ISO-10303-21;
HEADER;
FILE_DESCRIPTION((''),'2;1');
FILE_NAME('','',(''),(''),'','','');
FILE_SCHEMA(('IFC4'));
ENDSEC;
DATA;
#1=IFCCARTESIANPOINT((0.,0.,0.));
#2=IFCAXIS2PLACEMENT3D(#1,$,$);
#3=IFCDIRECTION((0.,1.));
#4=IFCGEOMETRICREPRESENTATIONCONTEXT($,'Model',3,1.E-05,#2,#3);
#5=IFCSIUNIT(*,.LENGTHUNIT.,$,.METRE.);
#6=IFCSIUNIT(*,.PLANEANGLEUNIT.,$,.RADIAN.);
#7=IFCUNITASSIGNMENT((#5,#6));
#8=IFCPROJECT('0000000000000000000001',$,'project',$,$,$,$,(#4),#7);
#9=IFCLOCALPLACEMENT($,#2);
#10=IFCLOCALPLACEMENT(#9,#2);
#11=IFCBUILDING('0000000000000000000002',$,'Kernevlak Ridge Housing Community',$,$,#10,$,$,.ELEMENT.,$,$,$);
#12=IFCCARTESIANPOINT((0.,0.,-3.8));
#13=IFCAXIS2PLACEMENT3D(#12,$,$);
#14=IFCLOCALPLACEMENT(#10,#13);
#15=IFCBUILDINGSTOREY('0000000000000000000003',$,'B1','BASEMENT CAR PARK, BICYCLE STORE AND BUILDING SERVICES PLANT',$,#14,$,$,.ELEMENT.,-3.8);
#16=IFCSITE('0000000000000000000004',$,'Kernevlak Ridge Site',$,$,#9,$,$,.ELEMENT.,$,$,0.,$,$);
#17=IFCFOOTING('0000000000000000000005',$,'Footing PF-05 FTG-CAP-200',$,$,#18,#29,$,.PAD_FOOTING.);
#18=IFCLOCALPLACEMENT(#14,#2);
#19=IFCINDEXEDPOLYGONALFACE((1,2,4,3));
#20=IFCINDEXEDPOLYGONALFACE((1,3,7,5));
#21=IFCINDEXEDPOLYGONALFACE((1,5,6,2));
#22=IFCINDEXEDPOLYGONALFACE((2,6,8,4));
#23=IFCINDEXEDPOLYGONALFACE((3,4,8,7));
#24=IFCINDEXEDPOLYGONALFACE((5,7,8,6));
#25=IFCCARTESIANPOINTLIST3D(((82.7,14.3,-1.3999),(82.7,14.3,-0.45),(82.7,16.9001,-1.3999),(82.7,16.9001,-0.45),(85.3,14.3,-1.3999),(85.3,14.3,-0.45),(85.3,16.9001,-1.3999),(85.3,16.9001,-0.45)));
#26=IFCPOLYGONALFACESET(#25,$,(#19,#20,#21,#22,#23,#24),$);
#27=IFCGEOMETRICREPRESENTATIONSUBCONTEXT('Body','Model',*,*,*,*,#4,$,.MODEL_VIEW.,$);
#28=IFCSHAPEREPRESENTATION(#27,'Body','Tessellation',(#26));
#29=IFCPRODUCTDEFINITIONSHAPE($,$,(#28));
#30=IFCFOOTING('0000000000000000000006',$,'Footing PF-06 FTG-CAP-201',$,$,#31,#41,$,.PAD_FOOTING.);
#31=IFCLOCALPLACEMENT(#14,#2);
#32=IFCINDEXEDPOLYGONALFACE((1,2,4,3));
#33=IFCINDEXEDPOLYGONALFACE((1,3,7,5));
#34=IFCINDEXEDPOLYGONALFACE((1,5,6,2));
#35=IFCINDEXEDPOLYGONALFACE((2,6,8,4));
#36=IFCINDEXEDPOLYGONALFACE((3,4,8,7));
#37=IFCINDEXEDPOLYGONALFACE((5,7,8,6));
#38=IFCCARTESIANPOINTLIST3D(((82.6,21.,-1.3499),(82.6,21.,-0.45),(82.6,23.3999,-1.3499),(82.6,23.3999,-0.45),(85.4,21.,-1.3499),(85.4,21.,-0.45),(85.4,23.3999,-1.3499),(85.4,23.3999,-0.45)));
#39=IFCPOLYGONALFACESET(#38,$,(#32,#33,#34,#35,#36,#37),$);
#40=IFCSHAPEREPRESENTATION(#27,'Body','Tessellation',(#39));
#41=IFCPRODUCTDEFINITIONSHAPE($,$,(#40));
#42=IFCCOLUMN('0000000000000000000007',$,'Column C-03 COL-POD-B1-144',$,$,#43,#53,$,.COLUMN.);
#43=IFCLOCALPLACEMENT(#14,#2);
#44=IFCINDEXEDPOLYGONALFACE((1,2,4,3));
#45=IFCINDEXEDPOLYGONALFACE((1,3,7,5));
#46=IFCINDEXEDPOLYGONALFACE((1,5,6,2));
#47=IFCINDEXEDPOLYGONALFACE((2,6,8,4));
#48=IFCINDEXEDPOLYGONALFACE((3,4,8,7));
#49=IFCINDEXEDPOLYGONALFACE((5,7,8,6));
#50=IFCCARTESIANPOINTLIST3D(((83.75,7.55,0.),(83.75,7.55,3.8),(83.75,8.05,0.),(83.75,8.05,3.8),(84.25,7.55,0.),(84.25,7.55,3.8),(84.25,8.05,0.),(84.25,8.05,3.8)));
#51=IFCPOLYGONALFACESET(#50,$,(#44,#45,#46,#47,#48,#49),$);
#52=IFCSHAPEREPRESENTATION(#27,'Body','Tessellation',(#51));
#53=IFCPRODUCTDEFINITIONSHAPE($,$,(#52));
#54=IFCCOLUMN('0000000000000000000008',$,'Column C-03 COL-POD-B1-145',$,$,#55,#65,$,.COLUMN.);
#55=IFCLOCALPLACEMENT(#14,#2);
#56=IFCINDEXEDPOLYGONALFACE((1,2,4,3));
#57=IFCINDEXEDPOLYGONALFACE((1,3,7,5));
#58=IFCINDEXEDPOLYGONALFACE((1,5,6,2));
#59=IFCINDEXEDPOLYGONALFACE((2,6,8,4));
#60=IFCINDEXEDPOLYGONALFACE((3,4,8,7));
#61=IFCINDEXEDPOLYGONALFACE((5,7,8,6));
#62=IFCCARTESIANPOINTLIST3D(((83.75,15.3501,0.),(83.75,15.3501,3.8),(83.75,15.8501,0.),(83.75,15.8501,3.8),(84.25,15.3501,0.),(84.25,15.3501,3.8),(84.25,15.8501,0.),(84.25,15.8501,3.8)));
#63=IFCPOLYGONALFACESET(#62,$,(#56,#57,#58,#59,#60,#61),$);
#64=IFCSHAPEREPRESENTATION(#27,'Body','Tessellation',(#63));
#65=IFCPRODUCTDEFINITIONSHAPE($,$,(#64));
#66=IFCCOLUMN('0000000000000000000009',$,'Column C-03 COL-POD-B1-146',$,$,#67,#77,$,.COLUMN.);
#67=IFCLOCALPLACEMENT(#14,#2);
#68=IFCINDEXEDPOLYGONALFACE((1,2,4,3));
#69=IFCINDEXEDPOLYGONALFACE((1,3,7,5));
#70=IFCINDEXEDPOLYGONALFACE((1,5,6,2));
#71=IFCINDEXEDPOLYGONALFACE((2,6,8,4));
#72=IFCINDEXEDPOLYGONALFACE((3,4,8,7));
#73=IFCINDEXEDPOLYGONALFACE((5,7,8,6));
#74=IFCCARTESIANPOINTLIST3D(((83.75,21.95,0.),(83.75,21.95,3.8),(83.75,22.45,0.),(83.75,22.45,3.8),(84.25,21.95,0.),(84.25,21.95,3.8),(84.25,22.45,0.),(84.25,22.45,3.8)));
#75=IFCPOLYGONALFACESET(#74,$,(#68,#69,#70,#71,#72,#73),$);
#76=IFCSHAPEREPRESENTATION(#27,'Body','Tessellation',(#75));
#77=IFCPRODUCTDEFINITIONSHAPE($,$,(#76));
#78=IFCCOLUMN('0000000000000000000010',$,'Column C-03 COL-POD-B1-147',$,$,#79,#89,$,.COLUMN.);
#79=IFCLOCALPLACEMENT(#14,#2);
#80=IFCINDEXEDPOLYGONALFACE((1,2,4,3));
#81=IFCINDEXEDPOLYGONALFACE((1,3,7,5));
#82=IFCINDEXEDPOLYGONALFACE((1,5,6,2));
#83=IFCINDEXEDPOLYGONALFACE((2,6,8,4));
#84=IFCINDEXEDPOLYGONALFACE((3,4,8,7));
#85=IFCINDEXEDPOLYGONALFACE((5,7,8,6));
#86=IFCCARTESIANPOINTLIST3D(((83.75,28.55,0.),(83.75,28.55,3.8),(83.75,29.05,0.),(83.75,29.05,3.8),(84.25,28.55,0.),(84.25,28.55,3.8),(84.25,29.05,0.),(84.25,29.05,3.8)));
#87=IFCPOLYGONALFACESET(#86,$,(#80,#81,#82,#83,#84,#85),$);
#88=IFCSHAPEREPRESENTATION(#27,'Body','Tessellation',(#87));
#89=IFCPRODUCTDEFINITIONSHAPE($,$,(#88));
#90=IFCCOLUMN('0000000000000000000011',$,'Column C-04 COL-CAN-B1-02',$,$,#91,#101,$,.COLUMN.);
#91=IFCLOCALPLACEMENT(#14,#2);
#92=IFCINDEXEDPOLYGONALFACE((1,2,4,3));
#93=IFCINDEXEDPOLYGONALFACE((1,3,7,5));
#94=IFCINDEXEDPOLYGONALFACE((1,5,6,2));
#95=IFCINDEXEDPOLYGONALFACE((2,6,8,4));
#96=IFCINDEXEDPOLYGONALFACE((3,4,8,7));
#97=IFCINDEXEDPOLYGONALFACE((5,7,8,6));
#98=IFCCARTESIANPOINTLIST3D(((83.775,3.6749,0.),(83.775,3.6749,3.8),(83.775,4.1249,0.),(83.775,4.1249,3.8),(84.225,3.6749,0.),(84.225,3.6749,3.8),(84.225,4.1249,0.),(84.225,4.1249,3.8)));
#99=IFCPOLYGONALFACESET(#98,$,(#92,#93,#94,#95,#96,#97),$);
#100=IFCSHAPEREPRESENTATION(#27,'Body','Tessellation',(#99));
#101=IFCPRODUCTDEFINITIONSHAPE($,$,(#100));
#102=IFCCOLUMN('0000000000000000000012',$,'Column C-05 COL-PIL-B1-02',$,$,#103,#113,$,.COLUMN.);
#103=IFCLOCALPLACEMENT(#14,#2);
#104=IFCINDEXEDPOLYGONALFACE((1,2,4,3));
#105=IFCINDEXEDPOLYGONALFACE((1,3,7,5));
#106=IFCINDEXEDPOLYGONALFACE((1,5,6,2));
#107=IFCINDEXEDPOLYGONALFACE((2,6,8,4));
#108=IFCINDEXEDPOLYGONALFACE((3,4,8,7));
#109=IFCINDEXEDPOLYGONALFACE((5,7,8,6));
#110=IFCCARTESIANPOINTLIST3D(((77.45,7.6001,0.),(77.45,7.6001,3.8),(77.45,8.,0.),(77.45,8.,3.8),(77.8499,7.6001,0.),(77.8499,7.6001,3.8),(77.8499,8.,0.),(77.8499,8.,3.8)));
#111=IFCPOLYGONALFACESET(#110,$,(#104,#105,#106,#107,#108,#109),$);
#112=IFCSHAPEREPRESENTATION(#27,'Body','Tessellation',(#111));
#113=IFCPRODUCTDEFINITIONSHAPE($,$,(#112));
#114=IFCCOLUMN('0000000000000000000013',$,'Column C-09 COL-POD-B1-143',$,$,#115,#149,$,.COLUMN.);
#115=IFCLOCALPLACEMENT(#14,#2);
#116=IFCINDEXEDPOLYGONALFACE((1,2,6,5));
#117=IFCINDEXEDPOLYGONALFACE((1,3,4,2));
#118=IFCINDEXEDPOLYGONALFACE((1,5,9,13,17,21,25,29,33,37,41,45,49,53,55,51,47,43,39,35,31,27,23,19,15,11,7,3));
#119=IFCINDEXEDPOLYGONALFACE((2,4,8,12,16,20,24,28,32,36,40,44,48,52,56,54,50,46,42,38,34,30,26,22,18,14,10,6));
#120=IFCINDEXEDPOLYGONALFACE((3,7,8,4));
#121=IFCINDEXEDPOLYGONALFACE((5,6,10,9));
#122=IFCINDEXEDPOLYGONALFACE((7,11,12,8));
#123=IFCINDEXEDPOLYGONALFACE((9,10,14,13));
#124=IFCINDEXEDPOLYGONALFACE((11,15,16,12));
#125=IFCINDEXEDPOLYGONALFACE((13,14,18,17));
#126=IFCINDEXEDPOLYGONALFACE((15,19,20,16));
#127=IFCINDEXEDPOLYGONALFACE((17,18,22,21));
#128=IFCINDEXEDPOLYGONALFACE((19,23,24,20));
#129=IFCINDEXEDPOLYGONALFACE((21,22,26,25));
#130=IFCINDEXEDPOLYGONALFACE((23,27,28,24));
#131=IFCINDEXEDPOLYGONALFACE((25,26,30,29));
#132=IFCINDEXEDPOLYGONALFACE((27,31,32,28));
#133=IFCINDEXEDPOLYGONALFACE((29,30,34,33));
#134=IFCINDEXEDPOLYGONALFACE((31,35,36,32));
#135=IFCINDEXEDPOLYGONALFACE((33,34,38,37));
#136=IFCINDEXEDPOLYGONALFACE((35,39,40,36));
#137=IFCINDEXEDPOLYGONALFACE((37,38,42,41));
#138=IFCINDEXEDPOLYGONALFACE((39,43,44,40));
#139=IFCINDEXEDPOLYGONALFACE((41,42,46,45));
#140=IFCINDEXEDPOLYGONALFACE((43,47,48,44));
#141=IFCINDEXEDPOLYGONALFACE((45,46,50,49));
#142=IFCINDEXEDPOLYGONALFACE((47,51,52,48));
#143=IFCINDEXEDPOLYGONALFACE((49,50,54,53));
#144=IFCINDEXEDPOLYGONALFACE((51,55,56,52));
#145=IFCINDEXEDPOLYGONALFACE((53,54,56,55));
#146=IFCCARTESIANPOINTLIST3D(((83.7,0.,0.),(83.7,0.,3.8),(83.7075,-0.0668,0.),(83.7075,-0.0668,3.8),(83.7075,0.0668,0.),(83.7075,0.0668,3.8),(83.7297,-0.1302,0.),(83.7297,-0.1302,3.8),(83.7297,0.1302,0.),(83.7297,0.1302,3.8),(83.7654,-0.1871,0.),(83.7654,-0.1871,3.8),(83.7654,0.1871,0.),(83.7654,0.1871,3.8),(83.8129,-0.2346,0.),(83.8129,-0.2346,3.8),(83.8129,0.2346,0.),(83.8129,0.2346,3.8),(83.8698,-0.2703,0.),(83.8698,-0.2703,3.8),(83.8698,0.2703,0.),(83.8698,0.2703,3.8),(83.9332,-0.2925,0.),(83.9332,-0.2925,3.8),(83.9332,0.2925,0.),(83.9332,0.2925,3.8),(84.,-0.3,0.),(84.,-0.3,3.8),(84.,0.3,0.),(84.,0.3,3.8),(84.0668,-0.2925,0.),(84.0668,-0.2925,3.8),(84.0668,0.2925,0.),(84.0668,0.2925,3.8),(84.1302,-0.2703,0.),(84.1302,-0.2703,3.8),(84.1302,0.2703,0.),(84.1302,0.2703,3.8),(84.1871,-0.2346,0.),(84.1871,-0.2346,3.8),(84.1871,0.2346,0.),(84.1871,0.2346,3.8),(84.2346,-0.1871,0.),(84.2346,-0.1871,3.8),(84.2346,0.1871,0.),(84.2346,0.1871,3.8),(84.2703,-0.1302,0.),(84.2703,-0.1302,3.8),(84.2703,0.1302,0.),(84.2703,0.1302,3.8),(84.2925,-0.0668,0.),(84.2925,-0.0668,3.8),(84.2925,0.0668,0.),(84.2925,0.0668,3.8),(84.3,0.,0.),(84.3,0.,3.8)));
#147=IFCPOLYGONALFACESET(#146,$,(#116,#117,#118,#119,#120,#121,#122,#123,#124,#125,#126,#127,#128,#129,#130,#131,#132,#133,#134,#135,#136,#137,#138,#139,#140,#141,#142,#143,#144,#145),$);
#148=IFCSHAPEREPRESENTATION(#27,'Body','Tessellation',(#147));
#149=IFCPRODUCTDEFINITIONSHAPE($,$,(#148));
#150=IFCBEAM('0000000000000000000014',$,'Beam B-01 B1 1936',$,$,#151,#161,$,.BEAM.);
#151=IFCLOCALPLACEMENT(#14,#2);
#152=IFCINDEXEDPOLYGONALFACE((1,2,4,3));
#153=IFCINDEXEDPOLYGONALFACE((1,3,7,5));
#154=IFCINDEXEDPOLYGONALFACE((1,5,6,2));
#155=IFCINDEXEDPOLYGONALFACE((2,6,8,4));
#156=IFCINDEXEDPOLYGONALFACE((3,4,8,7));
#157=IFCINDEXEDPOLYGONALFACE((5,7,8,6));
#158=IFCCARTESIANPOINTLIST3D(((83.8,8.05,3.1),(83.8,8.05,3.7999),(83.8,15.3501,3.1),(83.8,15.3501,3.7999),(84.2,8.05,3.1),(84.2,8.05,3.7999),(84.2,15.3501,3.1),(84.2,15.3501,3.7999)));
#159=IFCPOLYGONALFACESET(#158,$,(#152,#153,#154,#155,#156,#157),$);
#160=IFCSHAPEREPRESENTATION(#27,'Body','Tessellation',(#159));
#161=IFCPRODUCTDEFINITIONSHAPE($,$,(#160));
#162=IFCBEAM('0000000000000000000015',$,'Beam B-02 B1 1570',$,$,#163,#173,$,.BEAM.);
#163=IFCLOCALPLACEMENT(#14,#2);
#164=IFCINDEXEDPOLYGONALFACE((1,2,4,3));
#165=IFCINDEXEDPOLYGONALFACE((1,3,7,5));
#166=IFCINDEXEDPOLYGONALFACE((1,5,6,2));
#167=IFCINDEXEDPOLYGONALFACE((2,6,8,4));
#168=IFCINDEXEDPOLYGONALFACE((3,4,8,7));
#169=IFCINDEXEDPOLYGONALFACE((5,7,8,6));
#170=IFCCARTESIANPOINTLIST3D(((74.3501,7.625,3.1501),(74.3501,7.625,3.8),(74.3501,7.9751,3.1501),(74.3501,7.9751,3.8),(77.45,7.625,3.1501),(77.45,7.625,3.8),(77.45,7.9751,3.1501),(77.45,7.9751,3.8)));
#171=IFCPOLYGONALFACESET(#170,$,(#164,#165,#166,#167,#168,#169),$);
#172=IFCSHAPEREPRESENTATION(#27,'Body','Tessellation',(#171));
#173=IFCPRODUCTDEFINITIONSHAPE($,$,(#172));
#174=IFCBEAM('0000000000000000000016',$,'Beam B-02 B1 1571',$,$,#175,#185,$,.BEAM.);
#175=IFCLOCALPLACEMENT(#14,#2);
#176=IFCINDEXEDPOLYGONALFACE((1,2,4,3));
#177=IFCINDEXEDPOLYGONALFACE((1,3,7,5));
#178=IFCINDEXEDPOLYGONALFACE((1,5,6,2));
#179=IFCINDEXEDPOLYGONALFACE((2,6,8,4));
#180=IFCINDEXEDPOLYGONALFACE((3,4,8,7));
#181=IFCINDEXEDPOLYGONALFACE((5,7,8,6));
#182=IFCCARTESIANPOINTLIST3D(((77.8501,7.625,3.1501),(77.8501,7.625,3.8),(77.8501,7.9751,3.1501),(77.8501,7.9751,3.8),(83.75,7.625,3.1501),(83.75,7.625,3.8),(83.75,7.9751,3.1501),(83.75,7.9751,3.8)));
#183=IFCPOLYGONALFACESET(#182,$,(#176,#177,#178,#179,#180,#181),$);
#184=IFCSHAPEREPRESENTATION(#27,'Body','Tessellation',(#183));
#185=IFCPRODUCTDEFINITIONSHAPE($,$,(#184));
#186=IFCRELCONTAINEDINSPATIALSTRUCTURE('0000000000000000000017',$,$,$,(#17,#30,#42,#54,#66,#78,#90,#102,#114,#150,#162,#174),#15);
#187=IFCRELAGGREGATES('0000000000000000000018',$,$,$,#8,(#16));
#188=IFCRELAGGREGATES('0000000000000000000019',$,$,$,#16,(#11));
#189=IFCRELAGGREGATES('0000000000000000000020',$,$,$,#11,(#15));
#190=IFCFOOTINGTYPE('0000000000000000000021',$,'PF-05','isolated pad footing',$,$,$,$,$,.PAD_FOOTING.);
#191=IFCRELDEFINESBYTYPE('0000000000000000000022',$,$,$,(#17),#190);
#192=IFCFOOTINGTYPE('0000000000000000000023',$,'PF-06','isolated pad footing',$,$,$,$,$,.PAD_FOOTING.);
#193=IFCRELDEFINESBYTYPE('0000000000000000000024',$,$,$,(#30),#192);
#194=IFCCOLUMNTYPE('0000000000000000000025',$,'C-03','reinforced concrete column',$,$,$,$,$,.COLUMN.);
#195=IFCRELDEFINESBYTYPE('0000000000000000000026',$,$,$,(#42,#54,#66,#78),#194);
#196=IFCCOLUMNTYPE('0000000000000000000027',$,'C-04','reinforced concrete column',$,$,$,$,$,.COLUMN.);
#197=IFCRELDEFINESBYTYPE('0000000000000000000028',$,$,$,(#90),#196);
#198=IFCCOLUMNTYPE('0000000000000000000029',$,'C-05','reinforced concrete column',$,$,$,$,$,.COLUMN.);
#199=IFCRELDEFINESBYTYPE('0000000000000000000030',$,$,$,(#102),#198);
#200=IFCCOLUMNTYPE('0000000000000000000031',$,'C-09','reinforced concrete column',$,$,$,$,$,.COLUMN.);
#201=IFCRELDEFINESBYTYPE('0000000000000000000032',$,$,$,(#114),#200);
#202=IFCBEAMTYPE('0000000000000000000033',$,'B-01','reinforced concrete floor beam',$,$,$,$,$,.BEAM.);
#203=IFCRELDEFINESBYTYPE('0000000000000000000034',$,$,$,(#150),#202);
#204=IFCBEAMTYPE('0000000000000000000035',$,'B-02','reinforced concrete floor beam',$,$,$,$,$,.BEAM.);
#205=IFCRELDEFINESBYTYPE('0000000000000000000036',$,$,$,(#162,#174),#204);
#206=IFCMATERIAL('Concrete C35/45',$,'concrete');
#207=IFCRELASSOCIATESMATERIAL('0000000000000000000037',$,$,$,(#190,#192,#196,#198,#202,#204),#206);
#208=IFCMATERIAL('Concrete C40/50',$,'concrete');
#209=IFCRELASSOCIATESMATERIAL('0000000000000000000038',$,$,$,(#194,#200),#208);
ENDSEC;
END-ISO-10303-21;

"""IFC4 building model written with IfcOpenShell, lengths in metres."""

from ifc_helpers import new_model, si_unit, direction, frame, origin, origin_2d, place, context, subcontext, project, spatial, rectangle, circle, extrude, material, material_profile, profile_set, type_object, element, save


model = new_model("IFC4")

# Units and contexts
model_context = context("Model", 3, precision=1e-05, world=origin(), true_north=direction((0.0, 1.0)))
body_context = subcontext(model_context, "Body", "Model", "MODEL_VIEW")
ifc_project = project(units=[si_unit("LENGTHUNIT", "METRE"), si_unit("PLANEANGLEUNIT", "RADIAN")], contexts=[model_context])

# Site, building, storey
site_placement = place(None, origin())
site = spatial("IfcSite", under=ifc_project, at=site_placement, Name="Kernevlak Ridge Site", CompositionType="ELEMENT", RefElevation=0.0)
building_placement = place(site_placement, origin())
building = spatial("IfcBuilding", under=site, at=building_placement, Name="Kernevlak Ridge Housing Community", CompositionType="ELEMENT")
storey_placement = place(building_placement, frame((0.0, 0.0, -3.8)))
storey = spatial("IfcBuildingStorey", under=building, at=storey_placement, Name="B1", Description="BASEMENT CAR PARK, BICYCLE STORE AND BUILDING SERVICES PLANT", CompositionType="ELEMENT", Elevation=-3.8)

# Shared definitions
ifc_material_1 = material(Name="Concrete C35/45", Category="concrete")

# Footings
footing_type_1 = type_object("IfcFootingType", Name="PF-05", Description="isolated pad footing", PredefinedType="PAD_FOOTING", material=ifc_material_1)
footing_1_placement = place(storey_placement, frame((84.0, 15.6001, -1.3999), z_axis=(0.0, 0.0, 1.0), x_axis=(1.0, 0.0, 0.0)))
element("IfcFooting", 1, at=footing_1_placement, inside=storey, type_object=footing_type_1, Name="Footing PF-05 FTG-CAP-200", PredefinedType="PAD_FOOTING", context=body_context, shape_type="SweptSolid", body=[
    extrude(rectangle(XDim=2.6001, YDim=2.6001, at=origin_2d()), origin(), (0.0, 0.0, 1.0), 0.95),
])
footing_type_2 = type_object("IfcFootingType", Name="PF-06", Description="isolated pad footing", PredefinedType="PAD_FOOTING", material=ifc_material_1)
footing_2_placement = place(storey_placement, frame((84.0, 22.2, -1.3499), z_axis=(0.0, 0.0, 1.0), x_axis=(1.0, 0.0, 0.0)))
element("IfcFooting", 2, at=footing_2_placement, inside=storey, type_object=footing_type_2, Name="Footing PF-06 FTG-CAP-201", PredefinedType="PAD_FOOTING", context=body_context, shape_type="SweptSolid", body=[
    extrude(rectangle(XDim=2.8, YDim=2.3999, at=origin_2d()), origin(), (0.0, 0.0, 1.0), 0.8999),
])

# Columns
ifc_material_2 = material(Name="Concrete C40/50", Category="concrete")
ifc_material_profile_1 = material_profile(ifc_material_2, rectangle(XDim=0.5, YDim=0.5, at=origin_2d()), Name="RC 500x500")
ifc_profile_set_1 = profile_set([ifc_material_profile_1], Name="Concrete C40/50")
column_type_1 = type_object("IfcColumnType", Name="C-03", Description="reinforced concrete column", PredefinedType="COLUMN", material=ifc_profile_set_1)
for number, where, z_axis, x_axis, name in (
    (3, (84.0, 7.8, 0.0), (0.0, 0.0, 1.0), (1.0, 0.0, 0.0), "Column C-03 COL-POD-B1-144"),
    (4, (84.0, 15.6001, 0.0), (0.0, 0.0, 1.0), (1.0, 0.0, 0.0), "Column C-03 COL-POD-B1-145"),
    (5, (84.0, 22.2, 0.0), (0.0, 0.0, 1.0), (1.0, 0.0, 0.0), "Column C-03 COL-POD-B1-146"),
    (6, (84.0, 28.8, 0.0), (0.0, 0.0, 1.0), (1.0, 0.0, 0.0), "Column C-03 COL-POD-B1-147"),
):
    element("IfcColumn", number, at=place(storey_placement, frame(where, z_axis=z_axis, x_axis=x_axis)), inside=storey, type_object=column_type_1, Name=name, PredefinedType="COLUMN", context=body_context, shape_type="SweptSolid", body=[
        extrude(rectangle(XDim=0.5, YDim=0.5, at=origin_2d()), origin(), (0.0, 0.0, 1.0), 3.8),
    ])
ifc_material_profile_2 = material_profile(ifc_material_1, rectangle(XDim=0.45, YDim=0.45, at=origin_2d()), Name="RC 450x450")
ifc_profile_set_2 = profile_set([ifc_material_profile_2], Name="Concrete C35/45")
column_type_2 = type_object("IfcColumnType", Name="C-04", Description="reinforced concrete column", PredefinedType="COLUMN", material=ifc_profile_set_2)
column_1_placement = place(storey_placement, frame((84.0, 3.8999, 0.0), z_axis=(0.0, 0.0, 1.0), x_axis=(1.0, 0.0, 0.0)))
element("IfcColumn", 7, at=column_1_placement, inside=storey, type_object=column_type_2, Name="Column C-04 COL-CAN-B1-02", PredefinedType="COLUMN", context=body_context, shape_type="SweptSolid", body=[
    extrude(rectangle(XDim=0.45, YDim=0.45, at=origin_2d()), origin(), (0.0, 0.0, 1.0), 3.8),
])
ifc_material_profile_3 = material_profile(ifc_material_1, rectangle(XDim=0.3999, YDim=0.3999, at=origin_2d()), Name="RC 400x400")
ifc_profile_set_3 = profile_set([ifc_material_profile_3], Name="Concrete C35/45")
column_type_3 = type_object("IfcColumnType", Name="C-05", Description="reinforced concrete column", PredefinedType="COLUMN", material=ifc_profile_set_3)
column_2_placement = place(storey_placement, frame((77.6499, 7.8, 0.0), z_axis=(0.0, 0.0, 1.0), x_axis=(1.0, 0.0, 0.0)))
element("IfcColumn", 8, at=column_2_placement, inside=storey, type_object=column_type_3, Name="Column C-05 COL-PIL-B1-02", PredefinedType="COLUMN", context=body_context, shape_type="SweptSolid", body=[
    extrude(rectangle(XDim=0.3999, YDim=0.3999, at=origin_2d()), origin(), (0.0, 0.0, 1.0), 3.8),
])
ifc_material_profile_4 = material_profile(ifc_material_2, circle(Radius=0.3, at=origin_2d()), Name="RC D600")
ifc_profile_set_4 = profile_set([ifc_material_profile_4], Name="Concrete C40/50")
column_type_4 = type_object("IfcColumnType", Name="C-09", Description="reinforced concrete column", PredefinedType="COLUMN", material=ifc_profile_set_4)
column_3_placement = place(storey_placement, frame((84.0, 0.0, 0.0), z_axis=(0.0, 0.0, 1.0), x_axis=(1.0, 0.0, 0.0)))
element("IfcColumn", 9, at=column_3_placement, inside=storey, type_object=column_type_4, Name="Column C-09 COL-POD-B1-143", PredefinedType="COLUMN", context=body_context, shape_type="SweptSolid", body=[
    extrude(circle(Radius=0.3, at=origin_2d()), origin(), (0.0, 0.0, 1.0), 3.8),
])

# Beams
ifc_material_profile_5 = material_profile(ifc_material_1, rectangle(XDim=0.3999, YDim=0.7, at=origin_2d()), Name="RC 400x700")
ifc_profile_set_5 = profile_set([ifc_material_profile_5], Name="Concrete C35/45")
beam_type_1 = type_object("IfcBeamType", Name="B-01", Description="reinforced concrete floor beam", PredefinedType="BEAM", material=ifc_profile_set_5)
beam_1_placement = place(storey_placement, frame((84.0, 8.05, 3.45), z_axis=(0.0, 1.0, 0.0), x_axis=(-1.0, 0.0, 0.0)))
element("IfcBeam", 10, at=beam_1_placement, inside=storey, type_object=beam_type_1, Name="Beam B-01 B1 1936", PredefinedType="BEAM", context=body_context, shape_type="SweptSolid", body=[
    extrude(rectangle(XDim=0.3999, YDim=0.7, at=origin_2d()), origin(), (0.0, 0.0, 1.0), 7.3),
])
ifc_material_profile_6 = material_profile(ifc_material_1, rectangle(XDim=0.3501, YDim=0.6499, at=origin_2d()), Name="RC 350x650")
ifc_profile_set_6 = profile_set([ifc_material_profile_6], Name="Concrete C35/45")
beam_type_2 = type_object("IfcBeamType", Name="B-02", Description="reinforced concrete floor beam", PredefinedType="BEAM", material=ifc_profile_set_6)
beam_2_placement = place(storey_placement, frame((74.3501, 7.8, 3.4751), z_axis=(1.0, 0.0, 0.0), x_axis=(0.0, 1.0, 0.0)))
element("IfcBeam", 11, at=beam_2_placement, inside=storey, type_object=beam_type_2, Name="Beam B-02 B1 1570", PredefinedType="BEAM", context=body_context, shape_type="SweptSolid", body=[
    extrude(rectangle(XDim=0.3501, YDim=0.6499, at=origin_2d()), origin(), (0.0, 0.0, 1.0), 3.0999),
])
beam_3_placement = place(storey_placement, frame((77.8501, 7.8, 3.4751), z_axis=(1.0, 0.0, 0.0), x_axis=(0.0, 1.0, 0.0)))
element("IfcBeam", 12, at=beam_3_placement, inside=storey, type_object=beam_type_2, Name="Beam B-02 B1 1571", PredefinedType="BEAM", context=body_context, shape_type="SweptSolid", body=[
    extrude(rectangle(XDim=0.3501, YDim=0.6499, at=origin_2d()), origin(), (0.0, 0.0, 1.0), 5.8999),
])

save(model, "model.ifc")
